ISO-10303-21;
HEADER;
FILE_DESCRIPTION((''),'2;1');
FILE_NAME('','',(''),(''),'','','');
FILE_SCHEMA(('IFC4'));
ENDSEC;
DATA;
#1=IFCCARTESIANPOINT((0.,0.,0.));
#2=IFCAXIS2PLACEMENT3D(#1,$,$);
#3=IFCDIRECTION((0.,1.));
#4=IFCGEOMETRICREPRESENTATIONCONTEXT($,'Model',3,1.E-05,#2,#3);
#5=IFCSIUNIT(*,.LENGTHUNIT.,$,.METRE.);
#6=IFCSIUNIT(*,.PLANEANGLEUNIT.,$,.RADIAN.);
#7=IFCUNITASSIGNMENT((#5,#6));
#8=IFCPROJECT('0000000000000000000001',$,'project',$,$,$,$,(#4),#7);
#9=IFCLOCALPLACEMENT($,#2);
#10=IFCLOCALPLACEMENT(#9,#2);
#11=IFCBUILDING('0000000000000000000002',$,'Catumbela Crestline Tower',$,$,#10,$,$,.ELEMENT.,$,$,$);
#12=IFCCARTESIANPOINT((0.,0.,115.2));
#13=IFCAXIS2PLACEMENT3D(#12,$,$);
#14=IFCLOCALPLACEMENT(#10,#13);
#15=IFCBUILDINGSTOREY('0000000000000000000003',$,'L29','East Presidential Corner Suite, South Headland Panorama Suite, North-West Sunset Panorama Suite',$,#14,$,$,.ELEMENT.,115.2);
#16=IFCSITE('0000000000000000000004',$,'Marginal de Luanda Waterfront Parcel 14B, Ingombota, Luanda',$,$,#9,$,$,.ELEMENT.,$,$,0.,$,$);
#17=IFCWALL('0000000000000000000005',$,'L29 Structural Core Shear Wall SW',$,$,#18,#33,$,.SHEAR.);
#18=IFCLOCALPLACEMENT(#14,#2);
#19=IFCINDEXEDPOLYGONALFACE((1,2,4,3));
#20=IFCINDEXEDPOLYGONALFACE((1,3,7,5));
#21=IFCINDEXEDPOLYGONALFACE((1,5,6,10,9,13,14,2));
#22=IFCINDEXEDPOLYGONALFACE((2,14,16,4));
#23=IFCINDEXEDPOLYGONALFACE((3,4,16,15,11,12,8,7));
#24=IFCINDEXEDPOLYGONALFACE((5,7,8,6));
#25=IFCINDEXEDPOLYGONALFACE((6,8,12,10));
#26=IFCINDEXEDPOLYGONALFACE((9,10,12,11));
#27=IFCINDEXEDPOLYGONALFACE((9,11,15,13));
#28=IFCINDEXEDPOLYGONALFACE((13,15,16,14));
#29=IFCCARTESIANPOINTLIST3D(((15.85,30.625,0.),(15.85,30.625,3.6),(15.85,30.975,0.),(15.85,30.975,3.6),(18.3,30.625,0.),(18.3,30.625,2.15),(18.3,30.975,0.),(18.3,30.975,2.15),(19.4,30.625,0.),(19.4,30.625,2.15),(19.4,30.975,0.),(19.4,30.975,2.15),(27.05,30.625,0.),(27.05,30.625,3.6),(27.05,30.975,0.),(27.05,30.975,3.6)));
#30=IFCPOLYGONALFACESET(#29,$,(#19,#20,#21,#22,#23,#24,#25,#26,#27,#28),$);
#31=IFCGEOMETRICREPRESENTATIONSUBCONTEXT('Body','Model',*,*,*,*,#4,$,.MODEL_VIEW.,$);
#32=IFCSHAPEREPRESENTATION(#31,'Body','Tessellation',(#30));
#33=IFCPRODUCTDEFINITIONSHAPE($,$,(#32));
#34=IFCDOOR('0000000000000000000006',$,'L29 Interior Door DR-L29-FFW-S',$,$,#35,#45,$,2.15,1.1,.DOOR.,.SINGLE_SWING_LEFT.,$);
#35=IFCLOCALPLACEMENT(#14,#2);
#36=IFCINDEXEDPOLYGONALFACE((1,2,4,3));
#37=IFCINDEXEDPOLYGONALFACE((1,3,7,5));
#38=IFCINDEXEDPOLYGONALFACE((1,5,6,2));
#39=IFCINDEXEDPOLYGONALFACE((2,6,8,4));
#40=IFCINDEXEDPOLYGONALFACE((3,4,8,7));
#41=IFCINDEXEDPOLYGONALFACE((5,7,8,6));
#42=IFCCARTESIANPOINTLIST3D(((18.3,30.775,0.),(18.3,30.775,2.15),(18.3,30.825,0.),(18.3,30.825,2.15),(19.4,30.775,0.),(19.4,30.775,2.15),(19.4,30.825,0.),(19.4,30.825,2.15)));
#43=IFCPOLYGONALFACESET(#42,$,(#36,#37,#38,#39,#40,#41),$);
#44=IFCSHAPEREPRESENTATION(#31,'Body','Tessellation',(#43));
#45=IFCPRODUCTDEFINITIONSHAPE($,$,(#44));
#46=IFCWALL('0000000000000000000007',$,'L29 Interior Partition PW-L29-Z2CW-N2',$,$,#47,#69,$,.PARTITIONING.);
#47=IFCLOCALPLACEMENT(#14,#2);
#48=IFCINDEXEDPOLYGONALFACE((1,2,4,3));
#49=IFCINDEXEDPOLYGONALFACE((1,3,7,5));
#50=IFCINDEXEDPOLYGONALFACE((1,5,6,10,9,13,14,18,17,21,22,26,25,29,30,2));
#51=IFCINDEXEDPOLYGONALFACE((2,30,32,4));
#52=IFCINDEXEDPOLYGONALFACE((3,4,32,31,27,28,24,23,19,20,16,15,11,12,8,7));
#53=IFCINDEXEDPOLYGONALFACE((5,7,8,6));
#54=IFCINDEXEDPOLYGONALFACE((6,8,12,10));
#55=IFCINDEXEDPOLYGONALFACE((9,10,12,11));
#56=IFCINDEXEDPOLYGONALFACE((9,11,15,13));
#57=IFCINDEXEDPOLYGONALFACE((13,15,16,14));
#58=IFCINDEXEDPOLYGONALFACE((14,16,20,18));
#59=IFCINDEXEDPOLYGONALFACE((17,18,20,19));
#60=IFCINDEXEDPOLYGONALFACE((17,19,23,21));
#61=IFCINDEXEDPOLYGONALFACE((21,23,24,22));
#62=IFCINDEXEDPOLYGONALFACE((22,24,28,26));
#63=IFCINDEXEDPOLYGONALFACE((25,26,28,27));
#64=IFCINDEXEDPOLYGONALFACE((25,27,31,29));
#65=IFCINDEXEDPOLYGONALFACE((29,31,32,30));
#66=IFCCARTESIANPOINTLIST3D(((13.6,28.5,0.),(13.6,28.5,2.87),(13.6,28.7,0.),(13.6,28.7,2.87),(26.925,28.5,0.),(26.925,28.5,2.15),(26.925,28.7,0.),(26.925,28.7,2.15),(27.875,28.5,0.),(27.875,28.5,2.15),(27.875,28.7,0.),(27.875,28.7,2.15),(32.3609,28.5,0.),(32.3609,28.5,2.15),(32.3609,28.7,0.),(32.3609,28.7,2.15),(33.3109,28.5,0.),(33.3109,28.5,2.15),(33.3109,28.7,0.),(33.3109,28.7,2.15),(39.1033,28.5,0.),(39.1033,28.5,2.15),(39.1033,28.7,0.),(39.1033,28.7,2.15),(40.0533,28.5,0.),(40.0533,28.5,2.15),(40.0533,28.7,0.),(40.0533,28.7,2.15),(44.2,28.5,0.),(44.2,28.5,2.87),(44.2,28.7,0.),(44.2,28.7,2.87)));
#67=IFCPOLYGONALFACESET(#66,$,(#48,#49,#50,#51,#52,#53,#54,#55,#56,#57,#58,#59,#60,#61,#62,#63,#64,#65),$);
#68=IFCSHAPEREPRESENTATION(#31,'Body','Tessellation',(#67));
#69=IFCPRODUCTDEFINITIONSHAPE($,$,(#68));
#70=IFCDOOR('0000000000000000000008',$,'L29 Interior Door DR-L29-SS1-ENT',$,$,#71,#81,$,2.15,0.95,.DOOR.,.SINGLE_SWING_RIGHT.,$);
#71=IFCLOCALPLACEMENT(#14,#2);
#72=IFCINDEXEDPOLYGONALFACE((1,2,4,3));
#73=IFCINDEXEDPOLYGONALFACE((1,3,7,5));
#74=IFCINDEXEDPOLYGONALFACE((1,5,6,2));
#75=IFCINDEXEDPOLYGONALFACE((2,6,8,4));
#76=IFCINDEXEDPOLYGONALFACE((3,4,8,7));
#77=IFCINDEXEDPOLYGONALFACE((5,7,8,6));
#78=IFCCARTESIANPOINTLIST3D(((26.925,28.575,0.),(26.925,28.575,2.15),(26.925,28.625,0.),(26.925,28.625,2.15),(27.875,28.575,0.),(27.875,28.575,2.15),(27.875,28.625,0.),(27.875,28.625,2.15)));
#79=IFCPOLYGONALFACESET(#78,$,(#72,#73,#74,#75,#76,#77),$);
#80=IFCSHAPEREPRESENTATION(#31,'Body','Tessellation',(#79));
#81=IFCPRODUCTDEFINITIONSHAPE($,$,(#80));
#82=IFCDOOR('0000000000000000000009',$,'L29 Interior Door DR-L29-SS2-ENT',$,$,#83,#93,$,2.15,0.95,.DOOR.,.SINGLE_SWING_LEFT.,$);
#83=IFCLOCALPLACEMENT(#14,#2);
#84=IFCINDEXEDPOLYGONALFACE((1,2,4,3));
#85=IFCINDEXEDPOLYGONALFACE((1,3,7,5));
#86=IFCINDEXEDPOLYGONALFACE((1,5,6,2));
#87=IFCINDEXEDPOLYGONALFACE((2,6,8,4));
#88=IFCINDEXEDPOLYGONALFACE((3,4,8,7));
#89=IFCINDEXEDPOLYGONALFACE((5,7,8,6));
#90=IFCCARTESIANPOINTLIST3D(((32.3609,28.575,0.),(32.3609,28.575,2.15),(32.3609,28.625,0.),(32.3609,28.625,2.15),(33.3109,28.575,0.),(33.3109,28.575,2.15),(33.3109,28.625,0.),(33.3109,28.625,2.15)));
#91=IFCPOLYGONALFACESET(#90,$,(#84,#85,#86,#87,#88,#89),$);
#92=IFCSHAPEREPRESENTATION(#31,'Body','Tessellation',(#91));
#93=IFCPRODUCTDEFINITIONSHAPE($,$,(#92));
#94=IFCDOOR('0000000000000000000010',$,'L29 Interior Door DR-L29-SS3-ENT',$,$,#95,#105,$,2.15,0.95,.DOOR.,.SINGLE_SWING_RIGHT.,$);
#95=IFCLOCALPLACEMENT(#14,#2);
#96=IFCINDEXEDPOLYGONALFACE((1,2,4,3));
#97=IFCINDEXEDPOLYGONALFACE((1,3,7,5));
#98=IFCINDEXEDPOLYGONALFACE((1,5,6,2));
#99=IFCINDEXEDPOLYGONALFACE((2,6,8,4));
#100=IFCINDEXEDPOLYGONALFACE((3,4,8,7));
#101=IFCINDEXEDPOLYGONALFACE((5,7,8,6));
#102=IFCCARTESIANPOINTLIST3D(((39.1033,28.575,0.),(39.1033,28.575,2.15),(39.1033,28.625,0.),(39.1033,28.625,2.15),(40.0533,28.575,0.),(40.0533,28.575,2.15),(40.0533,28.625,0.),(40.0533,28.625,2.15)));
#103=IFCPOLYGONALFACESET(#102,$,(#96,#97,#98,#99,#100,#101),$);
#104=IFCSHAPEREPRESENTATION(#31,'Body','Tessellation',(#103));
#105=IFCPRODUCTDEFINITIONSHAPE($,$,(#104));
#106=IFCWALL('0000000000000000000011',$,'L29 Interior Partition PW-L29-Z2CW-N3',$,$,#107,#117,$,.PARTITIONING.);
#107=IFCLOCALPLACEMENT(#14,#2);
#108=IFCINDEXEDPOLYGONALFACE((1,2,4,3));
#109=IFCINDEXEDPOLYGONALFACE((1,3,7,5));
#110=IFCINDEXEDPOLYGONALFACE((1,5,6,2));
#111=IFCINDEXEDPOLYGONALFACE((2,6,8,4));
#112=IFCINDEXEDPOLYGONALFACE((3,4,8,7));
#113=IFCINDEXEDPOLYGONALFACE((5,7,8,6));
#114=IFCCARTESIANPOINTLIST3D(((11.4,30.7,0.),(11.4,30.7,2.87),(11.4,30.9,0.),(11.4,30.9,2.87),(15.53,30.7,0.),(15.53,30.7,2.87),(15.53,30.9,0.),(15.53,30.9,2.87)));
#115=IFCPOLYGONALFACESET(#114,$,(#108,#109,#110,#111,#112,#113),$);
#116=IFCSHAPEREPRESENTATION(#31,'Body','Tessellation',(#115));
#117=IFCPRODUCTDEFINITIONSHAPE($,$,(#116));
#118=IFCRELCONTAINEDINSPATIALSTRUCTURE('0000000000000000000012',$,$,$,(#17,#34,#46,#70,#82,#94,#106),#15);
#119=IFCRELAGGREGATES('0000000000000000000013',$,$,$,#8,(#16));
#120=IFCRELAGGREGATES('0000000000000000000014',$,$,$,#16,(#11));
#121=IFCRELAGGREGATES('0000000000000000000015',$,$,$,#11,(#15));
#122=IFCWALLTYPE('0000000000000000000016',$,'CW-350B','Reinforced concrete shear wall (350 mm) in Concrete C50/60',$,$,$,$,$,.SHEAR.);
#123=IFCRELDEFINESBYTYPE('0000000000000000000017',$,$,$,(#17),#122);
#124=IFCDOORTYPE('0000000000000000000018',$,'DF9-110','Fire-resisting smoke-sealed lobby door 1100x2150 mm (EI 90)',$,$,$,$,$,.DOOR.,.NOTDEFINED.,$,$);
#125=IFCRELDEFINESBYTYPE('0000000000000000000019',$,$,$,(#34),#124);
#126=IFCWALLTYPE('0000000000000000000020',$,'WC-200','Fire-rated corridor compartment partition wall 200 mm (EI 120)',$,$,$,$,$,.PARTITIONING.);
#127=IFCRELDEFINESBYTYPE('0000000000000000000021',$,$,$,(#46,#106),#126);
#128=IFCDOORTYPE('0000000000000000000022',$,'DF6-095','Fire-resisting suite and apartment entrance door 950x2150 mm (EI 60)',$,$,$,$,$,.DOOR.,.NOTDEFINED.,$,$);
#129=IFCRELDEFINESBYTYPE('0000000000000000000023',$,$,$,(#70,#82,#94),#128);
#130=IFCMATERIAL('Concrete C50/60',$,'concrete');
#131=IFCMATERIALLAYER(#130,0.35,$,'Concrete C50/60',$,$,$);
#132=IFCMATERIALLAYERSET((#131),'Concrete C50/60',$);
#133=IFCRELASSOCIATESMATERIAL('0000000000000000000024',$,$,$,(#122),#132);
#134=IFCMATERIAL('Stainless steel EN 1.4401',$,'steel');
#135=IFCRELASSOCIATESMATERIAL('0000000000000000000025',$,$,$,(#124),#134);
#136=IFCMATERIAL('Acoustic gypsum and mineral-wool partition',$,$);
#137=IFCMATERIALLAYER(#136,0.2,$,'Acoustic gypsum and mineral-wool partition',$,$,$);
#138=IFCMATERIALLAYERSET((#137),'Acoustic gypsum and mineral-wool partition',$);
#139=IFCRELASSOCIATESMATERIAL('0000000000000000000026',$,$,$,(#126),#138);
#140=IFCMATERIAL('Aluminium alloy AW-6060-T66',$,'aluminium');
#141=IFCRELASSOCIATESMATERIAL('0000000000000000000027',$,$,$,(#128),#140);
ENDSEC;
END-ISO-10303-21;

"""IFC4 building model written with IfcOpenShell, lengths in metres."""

from ifc_helpers import new_model, si_unit, direction, frame, frame_2d, origin, place, context, subcontext, project, spatial, rectangle, extrude, material, layer, layer_set, type_object, element, fill, save


model = new_model("IFC4")

# Units and contexts
model_context = context("Model", 3, precision=1e-05, world=origin(), true_north=direction((0.0, 1.0)))
body_context = subcontext(model_context, "Body", "Model", "MODEL_VIEW")
ifc_project = project(units=[si_unit("LENGTHUNIT", "METRE"), si_unit("PLANEANGLEUNIT", "RADIAN")], contexts=[model_context])

# Site, building, storey
site_placement = place(None, origin())
site = spatial("IfcSite", under=ifc_project, at=site_placement, Name="Marginal de Luanda Waterfront Parcel 14B, Ingombota, Luanda", CompositionType="ELEMENT", RefElevation=0.0)
building_placement = place(site_placement, origin())
building = spatial("IfcBuilding", under=site, at=building_placement, Name="Catumbela Crestline Tower", CompositionType="ELEMENT")
storey_placement = place(building_placement, frame((0.0, 0.0, 115.2)))
storey = spatial("IfcBuildingStorey", under=building, at=storey_placement, Name="L29", Description="East Presidential Corner Suite, South Headland Panorama Suite, North-West Sunset Panorama Suite", CompositionType="ELEMENT", Elevation=115.2)

# Shared definitions
ifc_material_1 = material(Name="Concrete C50/60", Category="concrete")

# Shared definitions
ifc_material_2 = material(Name="Stainless steel EN 1.4401", Category="steel")

# Shared definitions
ifc_layer_1 = layer(ifc_material_1, 0.35, Name="Concrete C50/60")
ifc_layer_set_1 = layer_set([ifc_layer_1], Name="Concrete C50/60")
wall_type_1 = type_object("IfcWallType", Name="CW-350B", Description="Reinforced concrete shear wall (350 mm) in Concrete C50/60", PredefinedType="SHEAR", material=ifc_layer_set_1)

# Wall, opening, door
wall_1_placement = place(storey_placement, frame((15.85, 30.8, 0.0), z_axis=(0.0, 0.0, 1.0), x_axis=(1.0, 0.0, 0.0)))
wall_1 = element("IfcWall", 1, at=wall_1_placement, inside=storey, type_object=wall_type_1, Name="L29 Structural Core Shear Wall SW", PredefinedType="SHEAR", context=body_context, shape_type="SweptSolid", body=[
    extrude(rectangle(XDim=11.2, YDim=0.35, at=frame_2d((5.6, 0.0))), origin(), (0.0, 0.0, 1.0), 3.6),
])
opening_1_placement = place(wall_1_placement, frame((2.45, 0.0, 0.0)))
opening_1 = element("IfcOpeningElement", 2, at=opening_1_placement, cuts=wall_1, PredefinedType="OPENING", context=body_context, shape_type="SweptSolid", body=[
    extrude(rectangle(XDim=1.1, YDim=2.15, at=frame_2d((0.55, 1.075))), frame((0.0, 0.185, 0.0), z_axis=(0.0, -1.0, 0.0), x_axis=(1.0, 0.0, 0.0)), (0.0, 0.0, 1.0), 0.37),
])
door_type_1 = type_object("IfcDoorType", Name="DF9-110", Description="Fire-resisting smoke-sealed lobby door 1100x2150 mm (EI 90)", OperationType="NOTDEFINED", PredefinedType="DOOR", material=ifc_material_2)
door_1_placement = place(opening_1_placement, origin())
door_1 = element("IfcDoor", 3, at=door_1_placement, inside=storey, type_object=door_type_1, Name="L29 Interior Door DR-L29-FFW-S", OperationType="SINGLE_SWING_LEFT", OverallHeight=2.15, OverallWidth=1.1, PredefinedType="DOOR", context=body_context, shape_type="SweptSolid", body=[
    extrude(rectangle(XDim=1.1, YDim=2.15, at=frame_2d((0.55, 1.075))), frame((0.0, 0.025, 0.0), z_axis=(0.0, -1.0, 0.0), x_axis=(1.0, 0.0, 0.0)), (0.0, 0.0, 1.0), 0.05),
])
fill(opening_1, door_1)

# Wall, openings, doors
ifc_material_3 = material(Name="Acoustic gypsum and mineral-wool partition")
ifc_layer_2 = layer(ifc_material_3, 0.2, Name="Acoustic gypsum and mineral-wool partition")
ifc_layer_set_2 = layer_set([ifc_layer_2], Name="Acoustic gypsum and mineral-wool partition")
wall_type_2 = type_object("IfcWallType", Name="WC-200", Description="Fire-rated corridor compartment partition wall 200 mm (EI 120)", PredefinedType="PARTITIONING", material=ifc_layer_set_2)
wall_2_placement = place(storey_placement, frame((13.6, 28.6, 0.0), z_axis=(0.0, 0.0, 1.0), x_axis=(1.0, 0.0, 0.0)))
wall_2 = element("IfcWall", 4, at=wall_2_placement, inside=storey, type_object=wall_type_2, Name="L29 Interior Partition PW-L29-Z2CW-N2", PredefinedType="PARTITIONING", context=body_context, shape_type="SweptSolid", body=[
    extrude(rectangle(XDim=30.6, YDim=0.2, at=frame_2d((15.3, 0.0))), origin(), (0.0, 0.0, 1.0), 2.87),
])
opening_2_placement = place(wall_2_placement, frame((13.325, 0.0, 0.0)))
opening_2 = element("IfcOpeningElement", 5, at=opening_2_placement, cuts=wall_2, PredefinedType="OPENING", context=body_context, shape_type="SweptSolid", body=[
    extrude(rectangle(XDim=0.95, YDim=2.15, at=frame_2d((0.475, 1.075))), frame((0.0, 0.11, 0.0), z_axis=(0.0, -1.0, 0.0), x_axis=(1.0, 0.0, 0.0)), (0.0, 0.0, 1.0), 0.22),
])
opening_3_placement = place(wall_2_placement, frame((18.7609, 0.0, 0.0)))
opening_3 = element("IfcOpeningElement", 6, at=opening_3_placement, cuts=wall_2, PredefinedType="OPENING", context=body_context, shape_type="SweptSolid", body=[
    extrude(rectangle(XDim=0.95, YDim=2.15, at=frame_2d((0.475, 1.075))), frame((0.0, 0.11, 0.0), z_axis=(0.0, -1.0, 0.0), x_axis=(1.0, 0.0, 0.0)), (0.0, 0.0, 1.0), 0.22),
])
opening_4_placement = place(wall_2_placement, frame((25.5033, 0.0, 0.0)))
opening_4 = element("IfcOpeningElement", 7, at=opening_4_placement, cuts=wall_2, PredefinedType="OPENING", context=body_context, shape_type="SweptSolid", body=[
    extrude(rectangle(XDim=0.95, YDim=2.15, at=frame_2d((0.475, 1.075))), frame((0.0, 0.11, 0.0), z_axis=(0.0, -1.0, 0.0), x_axis=(1.0, 0.0, 0.0)), (0.0, 0.0, 1.0), 0.22),
])
ifc_material_4 = material(Name="Aluminium alloy AW-6060-T66", Category="aluminium")
door_type_2 = type_object("IfcDoorType", Name="DF6-095", Description="Fire-resisting suite and apartment entrance door 950x2150 mm (EI 60)", OperationType="NOTDEFINED", PredefinedType="DOOR", material=ifc_material_4)
door_2_placement = place(opening_2_placement, origin())
door_2 = element("IfcDoor", 8, at=door_2_placement, inside=storey, type_object=door_type_2, Name="L29 Interior Door DR-L29-SS1-ENT", OperationType="SINGLE_SWING_RIGHT", OverallHeight=2.15, OverallWidth=0.95, PredefinedType="DOOR", context=body_context, shape_type="SweptSolid", body=[
    extrude(rectangle(XDim=0.95, YDim=2.15, at=frame_2d((0.475, 1.075))), frame((0.0, 0.025, 0.0), z_axis=(0.0, -1.0, 0.0), x_axis=(1.0, 0.0, 0.0)), (0.0, 0.0, 1.0), 0.05),
])
fill(opening_2, door_2)
door_3_placement = place(opening_3_placement, origin())
door_3 = element("IfcDoor", 9, at=door_3_placement, inside=storey, type_object=door_type_2, Name="L29 Interior Door DR-L29-SS2-ENT", OperationType="SINGLE_SWING_LEFT", OverallHeight=2.15, OverallWidth=0.95, PredefinedType="DOOR", context=body_context, shape_type="SweptSolid", body=[
    extrude(rectangle(XDim=0.95, YDim=2.15, at=frame_2d((0.475, 1.075))), frame((0.0, 0.025, 0.0), z_axis=(0.0, -1.0, 0.0), x_axis=(1.0, 0.0, 0.0)), (0.0, 0.0, 1.0), 0.05),
])
fill(opening_3, door_3)
door_4_placement = place(opening_4_placement, origin())
door_4 = element("IfcDoor", 10, at=door_4_placement, inside=storey, type_object=door_type_2, Name="L29 Interior Door DR-L29-SS3-ENT", OperationType="SINGLE_SWING_RIGHT", OverallHeight=2.15, OverallWidth=0.95, PredefinedType="DOOR", context=body_context, shape_type="SweptSolid", body=[
    extrude(rectangle(XDim=0.95, YDim=2.15, at=frame_2d((0.475, 1.075))), frame((0.0, 0.025, 0.0), z_axis=(0.0, -1.0, 0.0), x_axis=(1.0, 0.0, 0.0)), (0.0, 0.0, 1.0), 0.05),
])
fill(opening_4, door_4)

# Wall
wall_3_placement = place(storey_placement, frame((11.4, 30.8, 0.0), z_axis=(0.0, 0.0, 1.0), x_axis=(1.0, 0.0, 0.0)))
element("IfcWall", 11, at=wall_3_placement, inside=storey, type_object=wall_type_2, Name="L29 Interior Partition PW-L29-Z2CW-N3", PredefinedType="PARTITIONING", context=body_context, shape_type="SweptSolid", body=[
    extrude(rectangle(XDim=4.13, YDim=0.2, at=frame_2d((2.065, 0.0))), origin(), (0.0, 0.0, 1.0), 2.87),
])

save(model, "model.ifc")
